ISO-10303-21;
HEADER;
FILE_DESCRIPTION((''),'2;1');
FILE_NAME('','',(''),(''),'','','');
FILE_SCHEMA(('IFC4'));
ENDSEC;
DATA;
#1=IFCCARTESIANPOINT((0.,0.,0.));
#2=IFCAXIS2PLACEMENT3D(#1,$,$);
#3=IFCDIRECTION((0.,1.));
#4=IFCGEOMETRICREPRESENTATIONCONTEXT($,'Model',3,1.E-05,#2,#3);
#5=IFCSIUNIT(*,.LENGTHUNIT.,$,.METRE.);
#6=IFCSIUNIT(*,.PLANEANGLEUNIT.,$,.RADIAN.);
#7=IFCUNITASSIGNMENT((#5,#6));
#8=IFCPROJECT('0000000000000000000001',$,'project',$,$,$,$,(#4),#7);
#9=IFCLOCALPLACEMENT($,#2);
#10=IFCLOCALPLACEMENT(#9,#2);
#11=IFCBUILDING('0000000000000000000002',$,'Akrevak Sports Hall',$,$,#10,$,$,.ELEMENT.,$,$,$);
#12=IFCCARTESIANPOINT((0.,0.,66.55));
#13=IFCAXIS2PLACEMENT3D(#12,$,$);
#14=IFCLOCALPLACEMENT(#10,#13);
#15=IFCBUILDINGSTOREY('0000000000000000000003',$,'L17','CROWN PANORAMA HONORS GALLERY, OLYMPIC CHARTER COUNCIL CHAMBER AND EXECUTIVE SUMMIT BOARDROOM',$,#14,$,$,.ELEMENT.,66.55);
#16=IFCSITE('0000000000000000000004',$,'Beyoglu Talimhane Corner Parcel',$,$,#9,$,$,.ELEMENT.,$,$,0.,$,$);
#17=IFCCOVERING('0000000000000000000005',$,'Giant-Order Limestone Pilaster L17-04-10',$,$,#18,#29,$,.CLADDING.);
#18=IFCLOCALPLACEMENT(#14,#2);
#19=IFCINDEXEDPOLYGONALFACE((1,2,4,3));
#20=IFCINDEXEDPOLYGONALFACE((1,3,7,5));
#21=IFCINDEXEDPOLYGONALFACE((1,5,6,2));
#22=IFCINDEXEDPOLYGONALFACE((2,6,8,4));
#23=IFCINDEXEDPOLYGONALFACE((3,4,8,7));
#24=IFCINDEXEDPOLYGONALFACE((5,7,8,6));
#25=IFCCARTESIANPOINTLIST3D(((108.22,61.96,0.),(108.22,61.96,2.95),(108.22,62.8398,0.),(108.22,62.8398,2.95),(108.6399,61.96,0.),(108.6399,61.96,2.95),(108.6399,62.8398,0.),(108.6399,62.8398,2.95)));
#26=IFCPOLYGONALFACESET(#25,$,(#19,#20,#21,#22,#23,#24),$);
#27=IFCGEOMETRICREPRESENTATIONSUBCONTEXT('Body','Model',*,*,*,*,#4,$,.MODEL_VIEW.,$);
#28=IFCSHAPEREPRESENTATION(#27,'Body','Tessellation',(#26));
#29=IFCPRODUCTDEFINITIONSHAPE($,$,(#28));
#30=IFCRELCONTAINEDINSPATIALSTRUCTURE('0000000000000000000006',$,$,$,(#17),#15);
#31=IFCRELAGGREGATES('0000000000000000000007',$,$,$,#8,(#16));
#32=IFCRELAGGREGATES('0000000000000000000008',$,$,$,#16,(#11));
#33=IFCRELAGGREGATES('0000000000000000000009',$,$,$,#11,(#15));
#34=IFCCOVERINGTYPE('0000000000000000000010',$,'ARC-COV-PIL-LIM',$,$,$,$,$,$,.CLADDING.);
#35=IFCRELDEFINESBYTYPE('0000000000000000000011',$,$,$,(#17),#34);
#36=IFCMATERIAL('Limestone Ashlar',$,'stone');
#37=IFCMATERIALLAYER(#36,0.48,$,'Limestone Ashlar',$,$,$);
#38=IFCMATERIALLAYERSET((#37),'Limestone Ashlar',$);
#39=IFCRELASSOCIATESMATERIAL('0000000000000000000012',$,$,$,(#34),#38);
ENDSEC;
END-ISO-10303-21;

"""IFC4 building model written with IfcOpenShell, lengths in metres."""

from ifc_helpers import new_model, si_unit, direction, frame, origin, origin_2d, place, context, subcontext, project, spatial, rectangle, extrude, material, layer, layer_set, type_object, element, save


model = new_model("IFC4")

# Units and contexts
model_context = context("Model", 3, precision=1e-05, world=origin(), true_north=direction((0.0, 1.0)))
body_context = subcontext(model_context, "Body", "Model", "MODEL_VIEW")
ifc_project = project(units=[si_unit("LENGTHUNIT", "METRE"), si_unit("PLANEANGLEUNIT", "RADIAN")], contexts=[model_context])

# Site, building, storey
site_placement = place(None, origin())
site = spatial("IfcSite", under=ifc_project, at=site_placement, Name="Beyoglu Talimhane Corner Parcel", CompositionType="ELEMENT", RefElevation=0.0)
building_placement = place(site_placement, origin())
building = spatial("IfcBuilding", under=site, at=building_placement, Name="Akrevak Sports Hall", CompositionType="ELEMENT")
storey_placement = place(building_placement, frame((0.0, 0.0, 66.55)))
storey = spatial("IfcBuildingStorey", under=building, at=storey_placement, Name="L17", Description="CROWN PANORAMA HONORS GALLERY, OLYMPIC CHARTER COUNCIL CHAMBER AND EXECUTIVE SUMMIT BOARDROOM", CompositionType="ELEMENT", Elevation=66.55)

# Shared definitions
ifc_material_1 = material(Name="Limestone Ashlar", Category="stone")

# Covering
ifc_layer_1 = layer(ifc_material_1, 0.48, Name="Limestone Ashlar")
ifc_layer_set_1 = layer_set([ifc_layer_1], Name="Limestone Ashlar")
covering_type = type_object("IfcCoveringType", Name="ARC-COV-PIL-LIM", PredefinedType="CLADDING", material=ifc_layer_set_1)
for number, where, z_axis, x_axis, name in (
    (1, (108.4299, 62.3999, 0.0), (0.0, 0.0, 1.0), (0.0, 1.0, 0.0), "Giant-Order Limestone Pilaster L17-04-10"),
):
    element("IfcCovering", number, at=place(storey_placement, frame(where, z_axis=z_axis, x_axis=x_axis)), inside=storey, type_object=covering_type, Name=name, PredefinedType="CLADDING", context=body_context, shape_type="SweptSolid", body=[
        extrude(rectangle(XDim=0.8799, YDim=0.4199, at=origin_2d()), origin(), (0.0, 0.0, 1.0), 2.95),
    ])

save(model, "model.ifc")
